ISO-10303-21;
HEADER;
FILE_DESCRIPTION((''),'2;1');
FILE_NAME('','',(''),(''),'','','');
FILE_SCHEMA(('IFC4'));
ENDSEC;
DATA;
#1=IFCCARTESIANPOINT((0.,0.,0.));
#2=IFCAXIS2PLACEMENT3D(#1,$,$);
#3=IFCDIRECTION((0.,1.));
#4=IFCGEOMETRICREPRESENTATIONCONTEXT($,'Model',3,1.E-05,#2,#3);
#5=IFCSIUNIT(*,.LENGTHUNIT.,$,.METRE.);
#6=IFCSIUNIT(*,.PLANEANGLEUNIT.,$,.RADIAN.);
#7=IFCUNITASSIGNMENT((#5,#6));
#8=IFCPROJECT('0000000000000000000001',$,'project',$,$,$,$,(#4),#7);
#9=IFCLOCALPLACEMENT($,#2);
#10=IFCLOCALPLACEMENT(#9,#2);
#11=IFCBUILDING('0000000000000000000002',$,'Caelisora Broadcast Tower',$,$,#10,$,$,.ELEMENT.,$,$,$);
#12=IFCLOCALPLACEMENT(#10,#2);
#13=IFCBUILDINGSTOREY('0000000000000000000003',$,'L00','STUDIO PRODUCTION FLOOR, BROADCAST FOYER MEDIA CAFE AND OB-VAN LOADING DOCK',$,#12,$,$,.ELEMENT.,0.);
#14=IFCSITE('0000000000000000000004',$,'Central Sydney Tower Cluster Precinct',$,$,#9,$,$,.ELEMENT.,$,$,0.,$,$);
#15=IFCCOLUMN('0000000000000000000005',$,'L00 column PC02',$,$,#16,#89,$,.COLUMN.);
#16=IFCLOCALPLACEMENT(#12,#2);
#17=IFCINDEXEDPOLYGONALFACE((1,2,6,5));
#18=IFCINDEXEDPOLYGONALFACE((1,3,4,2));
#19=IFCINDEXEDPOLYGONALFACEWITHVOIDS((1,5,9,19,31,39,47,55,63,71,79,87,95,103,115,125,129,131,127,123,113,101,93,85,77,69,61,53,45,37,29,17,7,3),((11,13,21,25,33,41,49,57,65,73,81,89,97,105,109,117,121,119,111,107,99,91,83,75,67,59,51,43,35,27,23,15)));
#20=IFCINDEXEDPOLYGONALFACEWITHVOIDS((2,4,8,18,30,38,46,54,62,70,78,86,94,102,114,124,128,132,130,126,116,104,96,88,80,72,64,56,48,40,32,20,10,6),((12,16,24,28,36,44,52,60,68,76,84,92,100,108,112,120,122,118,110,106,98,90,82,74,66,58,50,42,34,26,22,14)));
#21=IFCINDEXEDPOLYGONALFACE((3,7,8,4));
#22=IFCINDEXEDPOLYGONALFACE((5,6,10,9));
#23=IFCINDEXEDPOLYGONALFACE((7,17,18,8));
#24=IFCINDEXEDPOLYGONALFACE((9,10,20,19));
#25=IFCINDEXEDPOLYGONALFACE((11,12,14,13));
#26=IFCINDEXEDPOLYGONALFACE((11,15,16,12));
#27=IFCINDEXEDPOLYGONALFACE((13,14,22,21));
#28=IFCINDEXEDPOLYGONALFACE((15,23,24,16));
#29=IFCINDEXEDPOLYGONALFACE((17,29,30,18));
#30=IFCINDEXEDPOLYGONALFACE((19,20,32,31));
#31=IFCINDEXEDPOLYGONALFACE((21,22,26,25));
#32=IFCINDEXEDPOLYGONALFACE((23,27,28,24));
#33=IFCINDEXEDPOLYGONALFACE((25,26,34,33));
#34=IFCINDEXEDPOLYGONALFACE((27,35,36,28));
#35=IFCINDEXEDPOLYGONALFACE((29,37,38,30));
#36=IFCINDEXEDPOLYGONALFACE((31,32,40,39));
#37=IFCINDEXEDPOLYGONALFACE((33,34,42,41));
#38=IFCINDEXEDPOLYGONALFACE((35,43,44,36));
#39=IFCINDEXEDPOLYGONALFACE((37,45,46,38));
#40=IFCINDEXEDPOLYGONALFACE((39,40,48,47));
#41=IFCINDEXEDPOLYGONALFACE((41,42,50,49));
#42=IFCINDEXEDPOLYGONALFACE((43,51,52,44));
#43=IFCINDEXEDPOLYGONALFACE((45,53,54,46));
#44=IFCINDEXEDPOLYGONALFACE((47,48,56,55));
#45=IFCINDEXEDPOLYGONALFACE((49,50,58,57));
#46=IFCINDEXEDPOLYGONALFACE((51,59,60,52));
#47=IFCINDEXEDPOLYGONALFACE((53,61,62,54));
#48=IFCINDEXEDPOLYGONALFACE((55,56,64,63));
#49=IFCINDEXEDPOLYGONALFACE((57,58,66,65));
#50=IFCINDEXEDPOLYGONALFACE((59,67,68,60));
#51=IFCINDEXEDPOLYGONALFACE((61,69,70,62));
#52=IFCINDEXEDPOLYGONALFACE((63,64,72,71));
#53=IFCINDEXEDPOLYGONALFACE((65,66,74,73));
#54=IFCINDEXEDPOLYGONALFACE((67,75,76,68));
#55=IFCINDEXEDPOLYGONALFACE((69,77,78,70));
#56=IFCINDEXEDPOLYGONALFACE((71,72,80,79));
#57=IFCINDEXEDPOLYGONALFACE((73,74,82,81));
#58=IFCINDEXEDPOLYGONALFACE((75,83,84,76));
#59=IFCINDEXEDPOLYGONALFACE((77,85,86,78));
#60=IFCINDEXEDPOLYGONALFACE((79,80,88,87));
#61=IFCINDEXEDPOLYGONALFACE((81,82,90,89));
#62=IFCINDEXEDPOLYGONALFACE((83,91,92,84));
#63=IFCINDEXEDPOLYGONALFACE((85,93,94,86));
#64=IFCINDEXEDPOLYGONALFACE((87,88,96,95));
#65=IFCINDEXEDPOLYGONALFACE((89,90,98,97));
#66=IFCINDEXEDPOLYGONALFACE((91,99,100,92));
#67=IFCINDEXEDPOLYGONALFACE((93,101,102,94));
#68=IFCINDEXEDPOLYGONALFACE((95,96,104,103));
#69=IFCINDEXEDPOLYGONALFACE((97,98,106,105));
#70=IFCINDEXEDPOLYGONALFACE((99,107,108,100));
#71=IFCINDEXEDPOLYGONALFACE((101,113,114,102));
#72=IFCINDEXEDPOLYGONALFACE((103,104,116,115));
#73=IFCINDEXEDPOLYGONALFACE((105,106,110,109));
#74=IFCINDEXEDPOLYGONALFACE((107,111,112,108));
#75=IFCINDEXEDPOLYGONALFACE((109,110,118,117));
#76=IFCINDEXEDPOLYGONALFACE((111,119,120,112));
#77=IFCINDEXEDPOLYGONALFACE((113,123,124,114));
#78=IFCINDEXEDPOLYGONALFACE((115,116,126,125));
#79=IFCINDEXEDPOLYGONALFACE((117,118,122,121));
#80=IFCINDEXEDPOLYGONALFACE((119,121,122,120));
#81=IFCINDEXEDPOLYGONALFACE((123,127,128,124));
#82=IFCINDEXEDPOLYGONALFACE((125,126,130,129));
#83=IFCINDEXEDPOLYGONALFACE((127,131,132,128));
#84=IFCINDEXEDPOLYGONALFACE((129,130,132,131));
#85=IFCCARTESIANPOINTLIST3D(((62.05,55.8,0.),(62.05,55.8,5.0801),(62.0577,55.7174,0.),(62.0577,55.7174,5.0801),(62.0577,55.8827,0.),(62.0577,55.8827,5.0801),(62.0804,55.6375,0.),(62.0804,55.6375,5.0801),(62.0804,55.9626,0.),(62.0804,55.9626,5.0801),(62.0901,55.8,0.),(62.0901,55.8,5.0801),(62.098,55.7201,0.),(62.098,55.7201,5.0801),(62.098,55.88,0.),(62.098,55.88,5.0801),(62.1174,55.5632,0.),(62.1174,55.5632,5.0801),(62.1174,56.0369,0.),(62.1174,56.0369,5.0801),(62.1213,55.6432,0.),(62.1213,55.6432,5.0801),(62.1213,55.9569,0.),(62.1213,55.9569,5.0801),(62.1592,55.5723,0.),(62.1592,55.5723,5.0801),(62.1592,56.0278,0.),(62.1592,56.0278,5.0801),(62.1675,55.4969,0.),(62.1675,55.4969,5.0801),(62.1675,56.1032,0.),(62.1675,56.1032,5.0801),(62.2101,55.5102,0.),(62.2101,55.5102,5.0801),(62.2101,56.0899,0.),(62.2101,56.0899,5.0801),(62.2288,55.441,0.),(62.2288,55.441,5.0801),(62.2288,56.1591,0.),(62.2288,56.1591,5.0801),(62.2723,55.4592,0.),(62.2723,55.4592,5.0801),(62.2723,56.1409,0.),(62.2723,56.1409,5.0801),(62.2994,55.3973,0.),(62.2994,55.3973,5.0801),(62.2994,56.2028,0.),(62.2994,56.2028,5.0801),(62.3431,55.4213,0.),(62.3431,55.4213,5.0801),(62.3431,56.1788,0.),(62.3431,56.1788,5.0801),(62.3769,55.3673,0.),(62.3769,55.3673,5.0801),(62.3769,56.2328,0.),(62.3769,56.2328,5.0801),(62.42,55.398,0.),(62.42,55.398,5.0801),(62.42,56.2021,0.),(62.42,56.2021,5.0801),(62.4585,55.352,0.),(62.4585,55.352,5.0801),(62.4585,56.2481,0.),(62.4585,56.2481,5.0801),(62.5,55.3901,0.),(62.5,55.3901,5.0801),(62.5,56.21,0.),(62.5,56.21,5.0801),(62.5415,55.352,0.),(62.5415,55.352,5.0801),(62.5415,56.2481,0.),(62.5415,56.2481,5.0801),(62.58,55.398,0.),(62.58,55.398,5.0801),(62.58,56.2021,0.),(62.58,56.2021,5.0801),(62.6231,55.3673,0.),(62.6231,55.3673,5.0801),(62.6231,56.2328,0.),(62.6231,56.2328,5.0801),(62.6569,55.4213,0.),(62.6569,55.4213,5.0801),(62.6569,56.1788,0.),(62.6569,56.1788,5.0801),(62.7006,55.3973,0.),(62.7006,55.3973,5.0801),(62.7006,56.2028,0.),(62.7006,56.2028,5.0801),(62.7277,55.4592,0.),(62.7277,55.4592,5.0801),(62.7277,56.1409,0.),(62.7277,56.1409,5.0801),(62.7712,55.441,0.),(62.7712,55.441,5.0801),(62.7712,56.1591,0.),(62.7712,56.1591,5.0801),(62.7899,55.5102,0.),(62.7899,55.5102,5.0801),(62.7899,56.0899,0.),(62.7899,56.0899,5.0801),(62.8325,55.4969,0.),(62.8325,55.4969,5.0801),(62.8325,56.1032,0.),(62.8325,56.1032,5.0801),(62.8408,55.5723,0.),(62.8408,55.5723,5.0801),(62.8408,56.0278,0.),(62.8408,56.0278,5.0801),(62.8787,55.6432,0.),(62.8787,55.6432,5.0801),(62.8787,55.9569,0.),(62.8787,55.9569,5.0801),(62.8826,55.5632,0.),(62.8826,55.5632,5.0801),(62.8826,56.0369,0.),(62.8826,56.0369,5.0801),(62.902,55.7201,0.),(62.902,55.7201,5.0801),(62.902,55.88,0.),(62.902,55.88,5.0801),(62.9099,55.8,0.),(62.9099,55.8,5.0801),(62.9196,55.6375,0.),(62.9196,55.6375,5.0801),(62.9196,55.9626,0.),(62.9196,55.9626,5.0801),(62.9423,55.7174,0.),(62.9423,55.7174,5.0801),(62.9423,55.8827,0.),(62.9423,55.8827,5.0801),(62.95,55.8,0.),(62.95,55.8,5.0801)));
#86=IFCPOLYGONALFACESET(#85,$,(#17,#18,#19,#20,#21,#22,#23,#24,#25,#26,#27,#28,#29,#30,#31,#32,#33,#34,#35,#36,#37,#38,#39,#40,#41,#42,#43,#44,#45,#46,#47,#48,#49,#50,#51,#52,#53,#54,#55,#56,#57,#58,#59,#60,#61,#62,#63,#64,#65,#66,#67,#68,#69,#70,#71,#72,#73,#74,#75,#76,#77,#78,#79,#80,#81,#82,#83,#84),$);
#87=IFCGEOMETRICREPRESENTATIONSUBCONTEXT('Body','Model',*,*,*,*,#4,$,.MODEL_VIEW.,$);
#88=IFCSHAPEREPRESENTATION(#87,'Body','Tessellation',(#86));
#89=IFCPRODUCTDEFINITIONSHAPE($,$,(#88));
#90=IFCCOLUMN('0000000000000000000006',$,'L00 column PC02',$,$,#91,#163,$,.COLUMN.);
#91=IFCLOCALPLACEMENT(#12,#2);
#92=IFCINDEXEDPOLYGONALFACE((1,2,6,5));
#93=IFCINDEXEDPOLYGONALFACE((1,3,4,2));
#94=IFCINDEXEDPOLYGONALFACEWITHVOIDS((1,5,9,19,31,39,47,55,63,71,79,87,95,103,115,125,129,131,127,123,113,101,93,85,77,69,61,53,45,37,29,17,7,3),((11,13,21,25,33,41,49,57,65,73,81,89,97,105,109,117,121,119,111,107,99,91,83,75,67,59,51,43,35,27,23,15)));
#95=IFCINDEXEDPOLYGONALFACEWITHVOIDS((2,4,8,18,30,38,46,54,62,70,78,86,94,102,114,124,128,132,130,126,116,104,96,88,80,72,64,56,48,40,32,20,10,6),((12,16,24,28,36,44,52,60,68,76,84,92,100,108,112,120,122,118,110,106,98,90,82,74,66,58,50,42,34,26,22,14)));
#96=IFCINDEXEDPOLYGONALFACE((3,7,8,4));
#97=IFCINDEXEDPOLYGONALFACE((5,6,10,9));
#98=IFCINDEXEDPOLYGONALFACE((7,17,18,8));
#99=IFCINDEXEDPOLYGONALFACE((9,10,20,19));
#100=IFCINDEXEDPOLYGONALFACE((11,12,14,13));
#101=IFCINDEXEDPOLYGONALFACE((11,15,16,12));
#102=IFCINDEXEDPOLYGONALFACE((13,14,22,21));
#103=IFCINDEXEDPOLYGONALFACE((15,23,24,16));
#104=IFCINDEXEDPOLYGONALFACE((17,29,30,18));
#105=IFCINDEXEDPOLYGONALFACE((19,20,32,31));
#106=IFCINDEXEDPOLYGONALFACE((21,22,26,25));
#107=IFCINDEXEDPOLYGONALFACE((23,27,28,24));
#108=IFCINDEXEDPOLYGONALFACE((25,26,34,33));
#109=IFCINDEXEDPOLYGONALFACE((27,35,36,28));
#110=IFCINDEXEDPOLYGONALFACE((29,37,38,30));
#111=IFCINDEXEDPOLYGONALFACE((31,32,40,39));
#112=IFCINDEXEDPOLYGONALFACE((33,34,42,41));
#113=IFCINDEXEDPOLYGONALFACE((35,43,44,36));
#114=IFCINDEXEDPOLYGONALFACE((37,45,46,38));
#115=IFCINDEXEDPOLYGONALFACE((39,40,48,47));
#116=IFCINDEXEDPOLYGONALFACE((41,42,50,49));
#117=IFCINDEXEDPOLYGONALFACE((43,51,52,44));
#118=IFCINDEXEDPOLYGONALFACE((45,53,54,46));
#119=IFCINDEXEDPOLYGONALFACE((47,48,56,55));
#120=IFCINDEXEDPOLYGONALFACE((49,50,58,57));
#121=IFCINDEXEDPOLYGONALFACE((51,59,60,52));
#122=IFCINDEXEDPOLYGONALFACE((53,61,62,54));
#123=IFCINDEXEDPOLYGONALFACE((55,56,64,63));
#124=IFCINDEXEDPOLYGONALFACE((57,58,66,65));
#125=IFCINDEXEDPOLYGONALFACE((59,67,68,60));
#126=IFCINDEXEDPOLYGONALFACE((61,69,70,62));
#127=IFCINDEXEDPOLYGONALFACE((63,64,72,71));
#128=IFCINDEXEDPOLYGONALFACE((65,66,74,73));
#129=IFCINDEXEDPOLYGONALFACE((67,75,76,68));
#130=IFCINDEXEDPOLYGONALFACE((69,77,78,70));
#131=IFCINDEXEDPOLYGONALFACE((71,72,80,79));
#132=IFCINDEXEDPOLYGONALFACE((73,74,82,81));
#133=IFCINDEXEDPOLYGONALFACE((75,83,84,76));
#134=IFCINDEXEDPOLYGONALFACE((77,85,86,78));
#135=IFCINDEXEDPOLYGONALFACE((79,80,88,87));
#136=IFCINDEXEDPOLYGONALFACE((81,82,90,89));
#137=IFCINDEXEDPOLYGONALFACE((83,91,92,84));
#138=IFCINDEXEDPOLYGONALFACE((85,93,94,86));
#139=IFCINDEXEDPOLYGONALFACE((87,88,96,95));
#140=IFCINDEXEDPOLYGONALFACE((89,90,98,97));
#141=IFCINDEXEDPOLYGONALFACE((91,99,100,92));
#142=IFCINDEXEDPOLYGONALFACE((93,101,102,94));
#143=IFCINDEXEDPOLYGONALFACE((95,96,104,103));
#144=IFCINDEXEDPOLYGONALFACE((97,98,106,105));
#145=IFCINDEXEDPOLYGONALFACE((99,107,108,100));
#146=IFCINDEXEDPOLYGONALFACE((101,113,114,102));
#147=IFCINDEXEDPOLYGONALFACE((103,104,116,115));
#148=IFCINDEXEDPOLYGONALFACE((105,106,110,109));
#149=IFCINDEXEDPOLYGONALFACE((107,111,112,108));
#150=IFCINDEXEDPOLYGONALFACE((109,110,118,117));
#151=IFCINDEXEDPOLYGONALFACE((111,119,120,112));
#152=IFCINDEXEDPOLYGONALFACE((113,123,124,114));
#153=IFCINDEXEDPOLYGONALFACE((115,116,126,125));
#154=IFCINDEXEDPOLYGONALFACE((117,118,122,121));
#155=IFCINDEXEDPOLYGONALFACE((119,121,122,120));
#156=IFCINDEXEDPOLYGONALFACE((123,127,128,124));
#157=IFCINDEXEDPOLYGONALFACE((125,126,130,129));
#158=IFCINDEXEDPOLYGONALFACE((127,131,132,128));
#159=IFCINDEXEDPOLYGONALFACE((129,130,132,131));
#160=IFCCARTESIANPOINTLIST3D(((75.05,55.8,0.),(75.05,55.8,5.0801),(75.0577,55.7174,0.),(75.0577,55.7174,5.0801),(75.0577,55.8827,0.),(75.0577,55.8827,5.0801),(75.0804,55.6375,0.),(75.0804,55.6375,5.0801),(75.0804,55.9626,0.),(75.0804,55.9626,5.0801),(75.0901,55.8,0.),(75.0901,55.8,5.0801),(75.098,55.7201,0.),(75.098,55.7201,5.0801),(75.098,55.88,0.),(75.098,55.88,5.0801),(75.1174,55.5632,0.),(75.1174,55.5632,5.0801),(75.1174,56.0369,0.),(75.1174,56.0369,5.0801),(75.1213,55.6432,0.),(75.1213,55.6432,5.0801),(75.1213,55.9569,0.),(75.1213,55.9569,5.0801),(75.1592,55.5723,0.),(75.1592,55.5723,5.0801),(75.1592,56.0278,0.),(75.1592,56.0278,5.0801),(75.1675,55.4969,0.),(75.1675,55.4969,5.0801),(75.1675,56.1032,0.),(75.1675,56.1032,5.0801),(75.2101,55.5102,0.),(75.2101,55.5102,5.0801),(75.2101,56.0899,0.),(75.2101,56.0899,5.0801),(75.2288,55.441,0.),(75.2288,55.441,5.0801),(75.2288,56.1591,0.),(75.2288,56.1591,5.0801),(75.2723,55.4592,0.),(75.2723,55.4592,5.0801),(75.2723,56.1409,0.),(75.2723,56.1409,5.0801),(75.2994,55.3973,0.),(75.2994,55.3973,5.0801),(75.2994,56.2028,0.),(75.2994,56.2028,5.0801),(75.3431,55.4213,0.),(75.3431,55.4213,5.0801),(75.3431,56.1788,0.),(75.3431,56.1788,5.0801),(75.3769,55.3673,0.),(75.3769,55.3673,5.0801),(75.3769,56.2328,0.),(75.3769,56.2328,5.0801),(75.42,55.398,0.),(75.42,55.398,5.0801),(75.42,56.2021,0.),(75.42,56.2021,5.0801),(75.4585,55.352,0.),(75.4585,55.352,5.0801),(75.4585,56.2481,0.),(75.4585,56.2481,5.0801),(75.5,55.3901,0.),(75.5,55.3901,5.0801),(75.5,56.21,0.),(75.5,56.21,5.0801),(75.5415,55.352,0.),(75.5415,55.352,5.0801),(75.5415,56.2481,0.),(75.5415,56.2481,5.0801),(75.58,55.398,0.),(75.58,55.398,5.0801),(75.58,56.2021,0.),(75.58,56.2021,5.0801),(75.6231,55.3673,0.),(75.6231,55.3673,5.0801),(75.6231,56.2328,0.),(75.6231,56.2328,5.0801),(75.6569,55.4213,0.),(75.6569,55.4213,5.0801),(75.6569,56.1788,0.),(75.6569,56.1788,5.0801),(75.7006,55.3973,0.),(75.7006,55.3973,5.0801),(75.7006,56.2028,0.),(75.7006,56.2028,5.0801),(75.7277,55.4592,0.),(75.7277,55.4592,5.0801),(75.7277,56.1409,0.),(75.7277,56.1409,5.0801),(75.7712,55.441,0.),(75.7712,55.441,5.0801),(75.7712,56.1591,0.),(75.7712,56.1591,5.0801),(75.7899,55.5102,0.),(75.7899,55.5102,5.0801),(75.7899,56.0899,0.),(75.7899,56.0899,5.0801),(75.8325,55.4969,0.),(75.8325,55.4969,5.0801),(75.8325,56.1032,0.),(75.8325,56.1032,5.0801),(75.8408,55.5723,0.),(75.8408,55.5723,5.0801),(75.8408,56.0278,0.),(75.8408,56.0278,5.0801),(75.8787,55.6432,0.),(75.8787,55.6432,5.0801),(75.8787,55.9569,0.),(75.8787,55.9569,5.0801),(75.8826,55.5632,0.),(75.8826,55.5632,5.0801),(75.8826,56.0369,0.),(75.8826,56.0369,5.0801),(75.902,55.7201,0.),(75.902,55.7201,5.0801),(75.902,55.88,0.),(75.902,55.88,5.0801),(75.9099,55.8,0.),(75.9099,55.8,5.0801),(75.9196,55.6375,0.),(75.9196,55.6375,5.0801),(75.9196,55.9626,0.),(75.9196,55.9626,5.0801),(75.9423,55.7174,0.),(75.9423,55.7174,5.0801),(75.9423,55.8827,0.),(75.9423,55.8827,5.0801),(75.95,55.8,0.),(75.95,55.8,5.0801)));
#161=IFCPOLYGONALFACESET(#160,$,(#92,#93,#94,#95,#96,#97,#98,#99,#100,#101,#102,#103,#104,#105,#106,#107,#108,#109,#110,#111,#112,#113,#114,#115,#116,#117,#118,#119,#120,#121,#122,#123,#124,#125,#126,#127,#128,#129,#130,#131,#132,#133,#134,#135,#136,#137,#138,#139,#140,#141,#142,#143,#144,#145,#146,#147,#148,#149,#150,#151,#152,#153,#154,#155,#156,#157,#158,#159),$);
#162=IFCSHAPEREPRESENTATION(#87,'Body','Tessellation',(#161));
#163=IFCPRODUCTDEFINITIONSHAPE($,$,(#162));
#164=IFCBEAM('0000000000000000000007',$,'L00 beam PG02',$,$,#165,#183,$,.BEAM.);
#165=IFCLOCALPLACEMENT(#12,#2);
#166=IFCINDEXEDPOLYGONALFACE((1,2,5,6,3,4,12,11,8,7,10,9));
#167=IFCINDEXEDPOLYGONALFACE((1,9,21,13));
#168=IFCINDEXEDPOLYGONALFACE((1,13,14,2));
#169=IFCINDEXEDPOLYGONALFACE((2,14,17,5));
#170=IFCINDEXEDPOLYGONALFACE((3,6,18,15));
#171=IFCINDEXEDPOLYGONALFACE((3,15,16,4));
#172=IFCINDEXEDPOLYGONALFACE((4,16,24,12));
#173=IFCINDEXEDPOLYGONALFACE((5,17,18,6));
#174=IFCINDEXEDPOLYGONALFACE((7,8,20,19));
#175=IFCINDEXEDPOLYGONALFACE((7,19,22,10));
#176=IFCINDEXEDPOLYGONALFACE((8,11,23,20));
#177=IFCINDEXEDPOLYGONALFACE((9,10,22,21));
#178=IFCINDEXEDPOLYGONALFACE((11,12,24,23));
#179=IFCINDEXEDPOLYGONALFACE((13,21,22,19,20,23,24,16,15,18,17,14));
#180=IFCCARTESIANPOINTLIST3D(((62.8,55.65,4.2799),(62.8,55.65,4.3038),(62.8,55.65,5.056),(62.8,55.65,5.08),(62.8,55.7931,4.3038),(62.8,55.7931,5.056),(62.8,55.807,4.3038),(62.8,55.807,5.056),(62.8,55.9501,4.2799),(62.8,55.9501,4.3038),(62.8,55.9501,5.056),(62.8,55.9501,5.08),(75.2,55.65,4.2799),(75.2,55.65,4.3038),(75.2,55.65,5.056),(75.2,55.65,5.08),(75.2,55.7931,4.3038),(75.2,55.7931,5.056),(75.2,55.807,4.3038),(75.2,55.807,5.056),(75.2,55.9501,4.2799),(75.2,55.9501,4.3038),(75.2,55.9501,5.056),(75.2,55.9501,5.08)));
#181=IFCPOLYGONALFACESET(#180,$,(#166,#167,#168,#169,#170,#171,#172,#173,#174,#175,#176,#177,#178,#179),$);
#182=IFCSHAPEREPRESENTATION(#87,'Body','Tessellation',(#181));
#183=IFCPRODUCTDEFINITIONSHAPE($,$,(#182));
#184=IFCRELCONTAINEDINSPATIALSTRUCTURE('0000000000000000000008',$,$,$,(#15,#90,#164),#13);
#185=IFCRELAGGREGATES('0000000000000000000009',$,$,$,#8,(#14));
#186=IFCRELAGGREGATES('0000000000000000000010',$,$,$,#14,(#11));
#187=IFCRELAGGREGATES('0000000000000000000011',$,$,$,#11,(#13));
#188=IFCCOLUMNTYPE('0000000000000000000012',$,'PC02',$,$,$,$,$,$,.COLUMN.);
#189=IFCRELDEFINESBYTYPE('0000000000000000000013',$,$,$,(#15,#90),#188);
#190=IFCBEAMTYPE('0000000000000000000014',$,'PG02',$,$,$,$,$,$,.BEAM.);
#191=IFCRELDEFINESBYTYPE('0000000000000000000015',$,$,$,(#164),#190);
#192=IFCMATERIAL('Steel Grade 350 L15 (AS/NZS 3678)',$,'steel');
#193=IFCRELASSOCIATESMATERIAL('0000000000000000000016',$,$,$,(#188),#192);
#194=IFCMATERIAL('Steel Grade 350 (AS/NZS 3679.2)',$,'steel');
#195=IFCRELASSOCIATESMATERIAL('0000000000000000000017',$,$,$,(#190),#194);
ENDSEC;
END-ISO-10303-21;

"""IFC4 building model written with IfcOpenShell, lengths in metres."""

from ifc_helpers import new_model, si_unit, direction, frame, origin, origin_2d, place, context, subcontext, project, spatial, hollow_circle, i_section, extrude, source, transform, mapped, material, material_profile, profile_set, type_object, type_shapes, element, save


model = new_model("IFC4")

# Units and contexts
model_context = context("Model", 3, precision=1e-05, world=origin(), true_north=direction((0.0, 1.0)))
body_context = subcontext(model_context, "Body", "Model", "MODEL_VIEW")
ifc_project = project(units=[si_unit("LENGTHUNIT", "METRE"), si_unit("PLANEANGLEUNIT", "RADIAN")], contexts=[model_context])

# Site, building, storey
site_placement = place(None, origin())
site = spatial("IfcSite", under=ifc_project, at=site_placement, Name="Central Sydney Tower Cluster Precinct", CompositionType="ELEMENT", RefElevation=0.0)
building_placement = place(site_placement, origin())
building = spatial("IfcBuilding", under=site, at=building_placement, Name="Caelisora Broadcast Tower", CompositionType="ELEMENT")
storey_placement = place(building_placement, origin())
storey = spatial("IfcBuildingStorey", under=building, at=storey_placement, Name="L00", Description="STUDIO PRODUCTION FLOOR, BROADCAST FOYER MEDIA CAFE AND OB-VAN LOADING DOCK", CompositionType="ELEMENT", Elevation=0.0)

# Columns
ifc_material_1 = material(Name="Steel Grade 350 L15 (AS/NZS 3678)", Category="steel")
ifc_material_profile_1 = material_profile(ifc_material_1, hollow_circle(Radius=0.45, WallThickness=0.04, at=origin_2d()), Name="Steel Grade 350 L15 (AS/NZS 3678)")
ifc_profile_set_1 = profile_set([ifc_material_profile_1], Name="Steel Grade 350 L15 (AS/NZS 3678)")
column_type = type_object("IfcColumnType", Name="PC02", PredefinedType="COLUMN", material=ifc_profile_set_1)
shared_shape_1 = source(origin(), body_context, "Body", "SweptSolid", [
    extrude(hollow_circle(Radius=0.45, WallThickness=0.04, at=origin_2d()), origin(), (0.0, 0.0, 1.0), 5.0801),
])
type_shapes(column_type, [shared_shape_1])
for number, where, z_axis, x_axis, name in (
    (1, (62.5, 55.8, 0.0), (0.0, 0.0, 1.0), (1.0, 0.0, 0.0), "L00 column PC02"),
    (2, (75.5, 55.8, 0.0), (0.0, 0.0, 1.0), (1.0, 0.0, 0.0), "L00 column PC02"),
):
    element("IfcColumn", number, at=place(storey_placement, frame(where, z_axis=z_axis, x_axis=x_axis)), inside=storey, type_object=column_type, Name=name, PredefinedType="COLUMN", context=body_context, shape_type="MappedRepresentation", body=[
        mapped(shared_shape_1, transform((0.0, 0.0, 0.0), scale=1.0)),
    ])

# Beam
ifc_material_2 = material(Name="Steel Grade 350 (AS/NZS 3679.2)", Category="steel")
ifc_material_profile_2 = material_profile(ifc_material_2, i_section(OverallWidth=0.3, OverallDepth=0.8, WebThickness=0.0139, FlangeThickness=0.0239, at=origin_2d()), Name="Steel Grade 350 (AS/NZS 3679.2)")
ifc_profile_set_2 = profile_set([ifc_material_profile_2], Name="Steel Grade 350 (AS/NZS 3679.2)")
beam_type = type_object("IfcBeamType", Name="PG02", PredefinedType="BEAM", material=ifc_profile_set_2)
shared_shape_2 = source(origin(), body_context, "Body", "SweptSolid", [
    extrude(i_section(OverallWidth=0.3, OverallDepth=0.8, WebThickness=0.0139, FlangeThickness=0.0239, at=origin_2d()), origin(), (0.0, 0.0, 1.0), 12.3999),
])
type_shapes(beam_type, [shared_shape_2])
beam_placement = place(storey_placement, frame((62.8, 55.8, 4.6799), z_axis=(1.0, 0.0, 0.0), x_axis=(0.0, 1.0, 0.0)))
element("IfcBeam", 3, at=beam_placement, inside=storey, type_object=beam_type, Name="L00 beam PG02", PredefinedType="BEAM", context=body_context, shape_type="MappedRepresentation", body=[
    mapped(shared_shape_2, transform((0.0, 0.0, 0.0), scale=1.0)),
])

save(model, "model.ifc")
